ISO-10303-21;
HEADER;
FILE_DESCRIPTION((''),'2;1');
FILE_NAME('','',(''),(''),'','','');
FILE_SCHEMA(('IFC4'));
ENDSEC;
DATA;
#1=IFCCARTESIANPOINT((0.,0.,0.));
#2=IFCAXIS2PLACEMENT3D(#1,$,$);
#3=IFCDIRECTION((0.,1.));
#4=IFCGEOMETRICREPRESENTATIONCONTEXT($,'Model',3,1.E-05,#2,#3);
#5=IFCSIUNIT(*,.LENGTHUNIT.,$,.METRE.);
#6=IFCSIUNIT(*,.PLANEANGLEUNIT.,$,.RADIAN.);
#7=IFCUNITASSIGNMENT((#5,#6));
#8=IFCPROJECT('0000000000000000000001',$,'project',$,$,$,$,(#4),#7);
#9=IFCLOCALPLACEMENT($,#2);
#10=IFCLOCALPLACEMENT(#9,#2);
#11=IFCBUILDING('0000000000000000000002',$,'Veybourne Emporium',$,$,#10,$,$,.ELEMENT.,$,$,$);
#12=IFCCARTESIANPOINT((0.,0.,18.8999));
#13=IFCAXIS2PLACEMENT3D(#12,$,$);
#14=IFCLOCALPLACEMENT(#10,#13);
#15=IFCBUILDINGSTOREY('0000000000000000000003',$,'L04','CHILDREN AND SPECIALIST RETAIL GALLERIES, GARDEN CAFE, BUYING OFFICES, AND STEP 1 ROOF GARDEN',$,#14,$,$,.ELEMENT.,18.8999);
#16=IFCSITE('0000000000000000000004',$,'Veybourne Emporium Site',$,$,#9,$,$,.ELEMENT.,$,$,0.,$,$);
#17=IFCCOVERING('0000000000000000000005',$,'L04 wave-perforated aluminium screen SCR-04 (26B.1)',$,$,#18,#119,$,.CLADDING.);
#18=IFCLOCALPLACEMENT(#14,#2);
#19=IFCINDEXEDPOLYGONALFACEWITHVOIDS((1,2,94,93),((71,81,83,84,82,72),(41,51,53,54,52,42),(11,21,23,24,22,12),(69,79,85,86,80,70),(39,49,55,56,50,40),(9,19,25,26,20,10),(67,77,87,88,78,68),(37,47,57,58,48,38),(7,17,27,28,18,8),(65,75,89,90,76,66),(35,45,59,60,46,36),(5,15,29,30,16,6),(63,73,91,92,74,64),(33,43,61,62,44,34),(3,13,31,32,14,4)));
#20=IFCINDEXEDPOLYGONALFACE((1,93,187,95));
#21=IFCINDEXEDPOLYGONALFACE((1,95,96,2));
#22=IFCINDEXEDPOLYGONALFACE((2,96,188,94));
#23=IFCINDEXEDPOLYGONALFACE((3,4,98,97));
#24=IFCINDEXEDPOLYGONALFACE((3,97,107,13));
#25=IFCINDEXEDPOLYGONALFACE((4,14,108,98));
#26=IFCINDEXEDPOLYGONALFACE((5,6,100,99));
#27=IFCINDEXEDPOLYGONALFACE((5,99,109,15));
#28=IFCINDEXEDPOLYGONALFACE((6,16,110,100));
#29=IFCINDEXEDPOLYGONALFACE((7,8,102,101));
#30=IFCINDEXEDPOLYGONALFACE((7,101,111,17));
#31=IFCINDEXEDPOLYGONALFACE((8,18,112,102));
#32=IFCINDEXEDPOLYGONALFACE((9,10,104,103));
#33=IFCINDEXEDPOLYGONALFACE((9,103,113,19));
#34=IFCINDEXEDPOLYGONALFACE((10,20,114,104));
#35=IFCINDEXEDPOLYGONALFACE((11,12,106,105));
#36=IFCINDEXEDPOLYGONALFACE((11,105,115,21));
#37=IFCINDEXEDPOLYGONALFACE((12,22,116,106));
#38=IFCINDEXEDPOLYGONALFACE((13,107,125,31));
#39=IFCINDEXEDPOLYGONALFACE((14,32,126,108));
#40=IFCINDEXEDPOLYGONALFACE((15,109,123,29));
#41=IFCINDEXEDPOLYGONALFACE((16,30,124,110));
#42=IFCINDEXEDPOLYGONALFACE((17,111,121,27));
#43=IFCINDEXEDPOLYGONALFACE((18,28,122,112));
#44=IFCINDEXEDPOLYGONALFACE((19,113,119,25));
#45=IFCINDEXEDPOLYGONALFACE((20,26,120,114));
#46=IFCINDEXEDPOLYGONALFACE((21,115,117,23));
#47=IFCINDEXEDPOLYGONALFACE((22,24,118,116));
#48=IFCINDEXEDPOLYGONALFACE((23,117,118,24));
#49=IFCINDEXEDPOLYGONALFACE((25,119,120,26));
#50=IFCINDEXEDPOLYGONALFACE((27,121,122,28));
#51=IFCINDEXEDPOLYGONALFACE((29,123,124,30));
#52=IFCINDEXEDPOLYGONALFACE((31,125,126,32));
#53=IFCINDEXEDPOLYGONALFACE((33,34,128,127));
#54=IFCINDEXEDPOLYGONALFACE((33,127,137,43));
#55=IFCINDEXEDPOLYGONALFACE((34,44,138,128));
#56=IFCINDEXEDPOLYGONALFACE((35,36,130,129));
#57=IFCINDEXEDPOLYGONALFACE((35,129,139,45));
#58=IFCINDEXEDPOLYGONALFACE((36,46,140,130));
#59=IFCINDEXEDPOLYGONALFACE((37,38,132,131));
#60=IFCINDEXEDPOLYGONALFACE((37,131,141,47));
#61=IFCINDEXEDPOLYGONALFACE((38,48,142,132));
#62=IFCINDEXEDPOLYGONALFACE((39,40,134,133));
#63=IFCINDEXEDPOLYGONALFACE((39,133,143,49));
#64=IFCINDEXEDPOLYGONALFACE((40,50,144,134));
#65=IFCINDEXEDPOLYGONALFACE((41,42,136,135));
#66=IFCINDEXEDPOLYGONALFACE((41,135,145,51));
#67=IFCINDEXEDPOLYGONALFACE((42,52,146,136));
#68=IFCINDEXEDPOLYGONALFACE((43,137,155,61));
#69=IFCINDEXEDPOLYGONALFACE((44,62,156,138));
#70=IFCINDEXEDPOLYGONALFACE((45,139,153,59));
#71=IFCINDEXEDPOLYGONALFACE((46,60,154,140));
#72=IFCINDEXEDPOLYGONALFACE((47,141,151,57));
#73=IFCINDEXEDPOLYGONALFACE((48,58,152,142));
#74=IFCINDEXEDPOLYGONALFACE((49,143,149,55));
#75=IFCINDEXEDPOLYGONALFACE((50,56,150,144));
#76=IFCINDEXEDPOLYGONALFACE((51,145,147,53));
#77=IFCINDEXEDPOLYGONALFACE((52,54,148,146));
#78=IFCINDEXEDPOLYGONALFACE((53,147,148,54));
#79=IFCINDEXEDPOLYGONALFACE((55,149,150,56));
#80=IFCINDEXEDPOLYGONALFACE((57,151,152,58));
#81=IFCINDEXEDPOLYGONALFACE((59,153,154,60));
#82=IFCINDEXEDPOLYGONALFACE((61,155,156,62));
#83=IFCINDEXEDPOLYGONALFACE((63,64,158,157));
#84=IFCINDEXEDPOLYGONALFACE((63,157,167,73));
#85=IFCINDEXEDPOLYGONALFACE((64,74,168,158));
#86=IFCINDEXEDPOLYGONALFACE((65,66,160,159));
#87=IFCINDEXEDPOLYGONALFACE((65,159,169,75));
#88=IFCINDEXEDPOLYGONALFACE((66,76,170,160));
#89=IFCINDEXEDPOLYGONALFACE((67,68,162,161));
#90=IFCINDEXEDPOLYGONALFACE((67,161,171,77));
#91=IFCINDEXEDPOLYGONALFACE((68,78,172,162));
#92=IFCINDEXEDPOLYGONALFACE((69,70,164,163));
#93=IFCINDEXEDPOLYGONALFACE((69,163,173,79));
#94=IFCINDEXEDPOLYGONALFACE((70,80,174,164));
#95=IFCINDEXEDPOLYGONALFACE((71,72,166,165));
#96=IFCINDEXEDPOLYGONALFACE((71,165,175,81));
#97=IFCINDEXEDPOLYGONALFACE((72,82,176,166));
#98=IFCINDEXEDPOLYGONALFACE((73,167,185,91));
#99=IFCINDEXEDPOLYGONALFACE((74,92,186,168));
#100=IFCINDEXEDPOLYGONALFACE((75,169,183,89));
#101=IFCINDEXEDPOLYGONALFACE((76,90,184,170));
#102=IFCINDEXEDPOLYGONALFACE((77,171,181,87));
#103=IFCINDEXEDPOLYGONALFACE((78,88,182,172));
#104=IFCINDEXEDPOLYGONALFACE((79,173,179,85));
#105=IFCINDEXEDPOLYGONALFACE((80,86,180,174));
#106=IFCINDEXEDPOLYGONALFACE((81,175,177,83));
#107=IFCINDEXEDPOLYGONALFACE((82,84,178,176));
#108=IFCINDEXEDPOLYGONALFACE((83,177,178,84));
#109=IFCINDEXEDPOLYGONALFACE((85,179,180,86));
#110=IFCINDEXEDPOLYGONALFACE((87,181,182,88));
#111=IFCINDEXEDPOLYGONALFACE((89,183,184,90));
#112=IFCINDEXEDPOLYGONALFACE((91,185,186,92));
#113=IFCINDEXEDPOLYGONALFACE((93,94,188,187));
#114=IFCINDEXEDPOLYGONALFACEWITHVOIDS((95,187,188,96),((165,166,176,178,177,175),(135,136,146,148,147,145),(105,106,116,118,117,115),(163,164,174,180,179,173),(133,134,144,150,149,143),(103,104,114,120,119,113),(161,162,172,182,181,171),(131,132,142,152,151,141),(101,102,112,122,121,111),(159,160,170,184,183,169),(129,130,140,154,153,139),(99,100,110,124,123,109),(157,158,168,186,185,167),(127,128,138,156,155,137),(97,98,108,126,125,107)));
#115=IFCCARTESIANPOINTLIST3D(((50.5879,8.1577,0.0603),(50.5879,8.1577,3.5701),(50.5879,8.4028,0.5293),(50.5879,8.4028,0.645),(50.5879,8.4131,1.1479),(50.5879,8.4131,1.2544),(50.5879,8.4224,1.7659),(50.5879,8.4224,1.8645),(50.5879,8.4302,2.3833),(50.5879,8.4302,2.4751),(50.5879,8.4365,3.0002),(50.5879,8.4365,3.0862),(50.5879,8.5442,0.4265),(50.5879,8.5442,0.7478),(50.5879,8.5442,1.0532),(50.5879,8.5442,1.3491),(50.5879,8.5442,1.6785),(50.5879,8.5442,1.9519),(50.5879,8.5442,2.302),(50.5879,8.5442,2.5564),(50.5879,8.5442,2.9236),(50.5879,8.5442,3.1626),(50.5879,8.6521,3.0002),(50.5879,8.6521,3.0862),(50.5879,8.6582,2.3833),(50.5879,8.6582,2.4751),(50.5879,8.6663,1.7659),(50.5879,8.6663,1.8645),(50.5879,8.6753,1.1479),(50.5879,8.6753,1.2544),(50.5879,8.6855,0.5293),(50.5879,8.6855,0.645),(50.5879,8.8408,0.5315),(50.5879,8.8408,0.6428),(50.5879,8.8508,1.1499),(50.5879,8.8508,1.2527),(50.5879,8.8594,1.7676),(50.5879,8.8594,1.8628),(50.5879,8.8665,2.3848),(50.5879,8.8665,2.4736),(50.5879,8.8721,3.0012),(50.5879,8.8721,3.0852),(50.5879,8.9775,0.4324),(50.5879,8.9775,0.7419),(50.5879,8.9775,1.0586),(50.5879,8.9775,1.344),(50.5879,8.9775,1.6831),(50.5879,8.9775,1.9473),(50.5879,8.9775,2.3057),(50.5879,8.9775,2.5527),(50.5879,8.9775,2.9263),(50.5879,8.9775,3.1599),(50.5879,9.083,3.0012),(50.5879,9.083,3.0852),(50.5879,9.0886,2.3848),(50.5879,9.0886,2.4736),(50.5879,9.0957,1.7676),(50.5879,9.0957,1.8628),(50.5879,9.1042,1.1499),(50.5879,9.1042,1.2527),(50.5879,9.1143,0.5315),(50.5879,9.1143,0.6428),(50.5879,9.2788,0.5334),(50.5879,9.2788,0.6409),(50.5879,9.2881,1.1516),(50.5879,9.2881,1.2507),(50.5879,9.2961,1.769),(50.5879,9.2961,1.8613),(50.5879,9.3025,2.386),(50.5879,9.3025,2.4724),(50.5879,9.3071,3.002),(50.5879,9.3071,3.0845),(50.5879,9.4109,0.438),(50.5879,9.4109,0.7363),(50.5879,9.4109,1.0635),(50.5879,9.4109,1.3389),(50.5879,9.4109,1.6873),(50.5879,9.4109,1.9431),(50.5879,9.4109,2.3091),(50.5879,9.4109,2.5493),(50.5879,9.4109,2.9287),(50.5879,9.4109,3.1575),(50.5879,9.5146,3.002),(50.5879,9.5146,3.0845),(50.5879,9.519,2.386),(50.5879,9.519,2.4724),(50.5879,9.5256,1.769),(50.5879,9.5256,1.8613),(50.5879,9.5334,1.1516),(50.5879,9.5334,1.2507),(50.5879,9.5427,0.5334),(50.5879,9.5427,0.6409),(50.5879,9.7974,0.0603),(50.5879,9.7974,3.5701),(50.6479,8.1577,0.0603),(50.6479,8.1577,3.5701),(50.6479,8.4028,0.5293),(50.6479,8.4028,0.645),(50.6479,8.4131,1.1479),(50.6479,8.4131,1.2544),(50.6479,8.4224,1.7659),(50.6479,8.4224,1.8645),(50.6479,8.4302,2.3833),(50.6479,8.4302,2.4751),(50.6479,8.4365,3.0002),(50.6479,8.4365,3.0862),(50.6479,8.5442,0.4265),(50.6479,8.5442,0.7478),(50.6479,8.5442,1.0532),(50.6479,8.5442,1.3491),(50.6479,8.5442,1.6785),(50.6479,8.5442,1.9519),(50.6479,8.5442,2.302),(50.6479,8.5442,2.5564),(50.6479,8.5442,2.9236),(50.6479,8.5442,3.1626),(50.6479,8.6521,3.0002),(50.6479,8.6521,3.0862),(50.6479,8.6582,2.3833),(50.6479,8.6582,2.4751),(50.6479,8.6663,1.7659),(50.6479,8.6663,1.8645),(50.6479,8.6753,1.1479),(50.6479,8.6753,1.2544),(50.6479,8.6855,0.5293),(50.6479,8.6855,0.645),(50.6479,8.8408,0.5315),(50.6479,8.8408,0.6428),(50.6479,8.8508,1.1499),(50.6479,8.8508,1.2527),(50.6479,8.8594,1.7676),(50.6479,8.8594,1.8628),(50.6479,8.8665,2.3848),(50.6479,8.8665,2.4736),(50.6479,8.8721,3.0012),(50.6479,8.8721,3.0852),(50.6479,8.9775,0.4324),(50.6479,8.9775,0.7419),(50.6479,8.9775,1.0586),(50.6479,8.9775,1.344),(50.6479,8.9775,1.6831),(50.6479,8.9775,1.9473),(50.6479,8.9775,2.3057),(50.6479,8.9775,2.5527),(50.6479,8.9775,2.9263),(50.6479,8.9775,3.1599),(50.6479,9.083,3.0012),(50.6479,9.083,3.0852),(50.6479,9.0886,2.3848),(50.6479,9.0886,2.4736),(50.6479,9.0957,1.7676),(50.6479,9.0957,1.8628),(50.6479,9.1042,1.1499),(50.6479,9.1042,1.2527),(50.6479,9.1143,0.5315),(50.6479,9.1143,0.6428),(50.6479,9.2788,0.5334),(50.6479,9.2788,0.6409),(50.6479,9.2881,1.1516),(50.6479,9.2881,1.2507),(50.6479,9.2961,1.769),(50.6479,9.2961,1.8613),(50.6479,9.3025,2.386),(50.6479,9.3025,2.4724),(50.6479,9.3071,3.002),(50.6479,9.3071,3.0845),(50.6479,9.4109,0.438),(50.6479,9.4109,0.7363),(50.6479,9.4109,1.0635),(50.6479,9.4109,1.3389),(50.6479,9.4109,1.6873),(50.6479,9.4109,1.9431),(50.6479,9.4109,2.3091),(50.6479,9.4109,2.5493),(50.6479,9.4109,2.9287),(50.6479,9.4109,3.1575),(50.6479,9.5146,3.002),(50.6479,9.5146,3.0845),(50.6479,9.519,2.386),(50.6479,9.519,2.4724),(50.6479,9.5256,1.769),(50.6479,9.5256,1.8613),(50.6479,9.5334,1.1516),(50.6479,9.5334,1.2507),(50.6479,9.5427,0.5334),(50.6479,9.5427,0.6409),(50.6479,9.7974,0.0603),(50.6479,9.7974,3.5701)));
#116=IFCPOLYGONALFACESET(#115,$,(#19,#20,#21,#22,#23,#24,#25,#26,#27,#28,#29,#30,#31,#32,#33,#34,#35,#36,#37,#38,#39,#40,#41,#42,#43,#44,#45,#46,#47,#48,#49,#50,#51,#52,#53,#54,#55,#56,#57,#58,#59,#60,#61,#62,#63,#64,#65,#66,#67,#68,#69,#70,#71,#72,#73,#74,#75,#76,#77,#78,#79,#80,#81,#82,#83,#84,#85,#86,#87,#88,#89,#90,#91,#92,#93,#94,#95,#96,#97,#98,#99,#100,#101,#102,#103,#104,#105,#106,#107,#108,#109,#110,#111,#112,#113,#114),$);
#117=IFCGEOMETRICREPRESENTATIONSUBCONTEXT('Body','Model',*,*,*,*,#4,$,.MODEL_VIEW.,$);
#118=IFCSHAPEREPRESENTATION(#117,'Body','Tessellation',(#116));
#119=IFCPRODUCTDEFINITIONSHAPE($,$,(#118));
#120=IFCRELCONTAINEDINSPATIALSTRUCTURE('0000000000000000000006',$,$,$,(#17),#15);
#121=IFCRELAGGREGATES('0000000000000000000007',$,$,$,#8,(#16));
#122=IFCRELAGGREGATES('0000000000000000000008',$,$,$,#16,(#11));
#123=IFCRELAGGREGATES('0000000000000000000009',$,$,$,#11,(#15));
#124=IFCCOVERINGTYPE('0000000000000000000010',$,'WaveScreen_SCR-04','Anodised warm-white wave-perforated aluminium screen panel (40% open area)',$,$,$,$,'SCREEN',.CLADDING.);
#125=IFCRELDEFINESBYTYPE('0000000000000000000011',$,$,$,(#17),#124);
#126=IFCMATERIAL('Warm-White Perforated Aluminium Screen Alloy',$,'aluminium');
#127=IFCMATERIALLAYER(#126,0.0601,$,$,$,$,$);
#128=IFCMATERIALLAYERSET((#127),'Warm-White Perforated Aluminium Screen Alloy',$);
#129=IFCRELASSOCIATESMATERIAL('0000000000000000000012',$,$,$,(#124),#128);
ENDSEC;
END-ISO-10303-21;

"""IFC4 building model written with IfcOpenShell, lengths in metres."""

from ifc_helpers import new_model, si_unit, direction, frame, origin, place, context, subcontext, project, spatial, polyline, outline, extrude, material, layer, layer_set, type_object, element, save


model = new_model("IFC4")

# Units and contexts
model_context = context("Model", 3, precision=1e-05, world=origin(), true_north=direction((0.0, 1.0)))
body_context = subcontext(model_context, "Body", "Model", "MODEL_VIEW")
ifc_project = project(units=[si_unit("LENGTHUNIT", "METRE"), si_unit("PLANEANGLEUNIT", "RADIAN")], contexts=[model_context])

# Site, building, storey
site_placement = place(None, origin())
site = spatial("IfcSite", under=ifc_project, at=site_placement, Name="Veybourne Emporium Site", CompositionType="ELEMENT", RefElevation=0.0)
building_placement = place(site_placement, origin())
building = spatial("IfcBuilding", under=site, at=building_placement, Name="Veybourne Emporium", CompositionType="ELEMENT")
storey_placement = place(building_placement, frame((0.0, 0.0, 18.8999)))
storey = spatial("IfcBuildingStorey", under=building, at=storey_placement, Name="L04", Description="CHILDREN AND SPECIALIST RETAIL GALLERIES, GARDEN CAFE, BUYING OFFICES, AND STEP 1 ROOF GARDEN", CompositionType="ELEMENT", Elevation=18.8999)

# Covering
ifc_material_1 = material(Name="Warm-White Perforated Aluminium Screen Alloy", Category="aluminium")
ifc_layer_1 = layer(ifc_material_1, 0.0601)
ifc_layer_set_1 = layer_set([ifc_layer_1], Name="Warm-White Perforated Aluminium Screen Alloy")
covering_type_1 = type_object("IfcCoveringType", Name="WaveScreen_SCR-04", Description="Anodised warm-white wave-perforated aluminium screen panel (40% open area)", ElementType="SCREEN", PredefinedType="CLADDING", material=ifc_layer_set_1)
covering_1_placement = place(storey_placement, frame((50.6479, 8.9775, 1.8152), z_axis=(-1.0, 0.0, 0.0), x_axis=(0.0, -1.0, 0.0)))
element("IfcCovering", 1, at=covering_1_placement, inside=storey, type_object=covering_type_1, Name="L04 wave-perforated aluminium screen SCR-04 (26B.1)", PredefinedType="CLADDING", context=body_context, shape_type="SweptSolid", body=[
    extrude(outline(polyline([(-0.8198, -1.7549), (0.8198, -1.7549), (0.8198, 1.7549), (-0.8198, 1.7549), (-0.8198, -1.7549)]), holes=[polyline([(-0.4333, -1.0789), (-0.3013, -1.1743), (-0.3013, -1.2817), (-0.4333, -1.3772), (-0.5652, -1.2817), (-0.5652, -1.1743), (-0.4333, -1.0789)]), polyline([(-0.4333, -0.4763), (-0.3105, -0.5645), (-0.3105, -0.6636), (-0.4333, -0.7517), (-0.5559, -0.6636), (-0.5559, -0.5645), (-0.4333, -0.4763)]), polyline([(-0.4333, 0.1279), (-0.3186, 0.0461), (-0.3186, -0.0461), (-0.4333, -0.1279), (-0.5481, -0.0461), (-0.5481, 0.0461), (-0.4333, 0.1279)]), polyline([(-0.4333, 0.7341), (-0.325, 0.6572), (-0.325, 0.5708), (-0.4333, 0.4939), (-0.5415, 0.5708), (-0.5415, 0.6572), (-0.4333, 0.7341)]), polyline([(-0.4333, 1.3423), (-0.3296, 1.2693), (-0.3296, 1.1868), (-0.4333, 1.1135), (-0.5371, 1.1868), (-0.5371, 1.2693), (-0.4333, 1.3423)]), polyline([(0.0, -1.0732), (0.1367, -1.1724), (0.1367, -1.2837), (0.0, -1.3828), (-0.1367, -1.2837), (-0.1367, -1.1724), (0.0, -1.0732)]), polyline([(0.0, -0.4712), (0.1267, -0.5625), (0.1267, -0.6653), (0.0, -0.7566), (-0.1267, -0.6653), (-0.1267, -0.5625), (0.0, -0.4712)]), polyline([(0.0, 0.1321), (0.1182, 0.0476), (0.1182, -0.0476), (0.0, -0.1321), (-0.1182, -0.0476), (-0.1182, 0.0476), (0.0, 0.1321)]), polyline([(0.0, 0.7375), (0.1111, 0.6584), (0.1111, 0.5696), (0.0, 0.4905), (-0.1111, 0.5696), (-0.1111, 0.6584), (0.0, 0.7375)]), polyline([(0.0, 1.3447), (0.1055, 1.27), (0.1055, 1.186), (0.0, 1.1111), (-0.1055, 1.186), (-0.1055, 1.27), (0.0, 1.3447)]), polyline([(0.4333, -1.0674), (0.5747, -1.1702), (0.5747, -1.2859), (0.4333, -1.3887), (0.292, -1.2859), (0.292, -1.1702), (0.4333, -1.0674)]), polyline([(0.4333, -0.4661), (0.5645, -0.5608), (0.5645, -0.6672), (0.4333, -0.762), (0.3022, -0.6672), (0.3022, -0.5608), (0.4333, -0.4661)]), polyline([(0.4333, 0.1367), (0.5552, 0.0493), (0.5552, -0.0493), (0.4333, -0.1367), (0.3113, -0.0493), (0.3113, 0.0493), (0.4333, 0.1367)]), polyline([(0.4333, 0.7412), (0.5474, 0.6599), (0.5474, 0.5681), (0.4333, 0.4868), (0.3193, 0.5681), (0.3193, 0.6599), (0.4333, 0.7412)]), polyline([(0.4333, 1.3474), (0.541, 1.271), (0.541, 1.1851), (0.4333, 1.1084), (0.3254, 1.1851), (0.3254, 1.271), (0.4333, 1.3474)])]), origin(), (0.0, 0.0, 1.0), 0.0601),
])

save(model, "model.ifc")
